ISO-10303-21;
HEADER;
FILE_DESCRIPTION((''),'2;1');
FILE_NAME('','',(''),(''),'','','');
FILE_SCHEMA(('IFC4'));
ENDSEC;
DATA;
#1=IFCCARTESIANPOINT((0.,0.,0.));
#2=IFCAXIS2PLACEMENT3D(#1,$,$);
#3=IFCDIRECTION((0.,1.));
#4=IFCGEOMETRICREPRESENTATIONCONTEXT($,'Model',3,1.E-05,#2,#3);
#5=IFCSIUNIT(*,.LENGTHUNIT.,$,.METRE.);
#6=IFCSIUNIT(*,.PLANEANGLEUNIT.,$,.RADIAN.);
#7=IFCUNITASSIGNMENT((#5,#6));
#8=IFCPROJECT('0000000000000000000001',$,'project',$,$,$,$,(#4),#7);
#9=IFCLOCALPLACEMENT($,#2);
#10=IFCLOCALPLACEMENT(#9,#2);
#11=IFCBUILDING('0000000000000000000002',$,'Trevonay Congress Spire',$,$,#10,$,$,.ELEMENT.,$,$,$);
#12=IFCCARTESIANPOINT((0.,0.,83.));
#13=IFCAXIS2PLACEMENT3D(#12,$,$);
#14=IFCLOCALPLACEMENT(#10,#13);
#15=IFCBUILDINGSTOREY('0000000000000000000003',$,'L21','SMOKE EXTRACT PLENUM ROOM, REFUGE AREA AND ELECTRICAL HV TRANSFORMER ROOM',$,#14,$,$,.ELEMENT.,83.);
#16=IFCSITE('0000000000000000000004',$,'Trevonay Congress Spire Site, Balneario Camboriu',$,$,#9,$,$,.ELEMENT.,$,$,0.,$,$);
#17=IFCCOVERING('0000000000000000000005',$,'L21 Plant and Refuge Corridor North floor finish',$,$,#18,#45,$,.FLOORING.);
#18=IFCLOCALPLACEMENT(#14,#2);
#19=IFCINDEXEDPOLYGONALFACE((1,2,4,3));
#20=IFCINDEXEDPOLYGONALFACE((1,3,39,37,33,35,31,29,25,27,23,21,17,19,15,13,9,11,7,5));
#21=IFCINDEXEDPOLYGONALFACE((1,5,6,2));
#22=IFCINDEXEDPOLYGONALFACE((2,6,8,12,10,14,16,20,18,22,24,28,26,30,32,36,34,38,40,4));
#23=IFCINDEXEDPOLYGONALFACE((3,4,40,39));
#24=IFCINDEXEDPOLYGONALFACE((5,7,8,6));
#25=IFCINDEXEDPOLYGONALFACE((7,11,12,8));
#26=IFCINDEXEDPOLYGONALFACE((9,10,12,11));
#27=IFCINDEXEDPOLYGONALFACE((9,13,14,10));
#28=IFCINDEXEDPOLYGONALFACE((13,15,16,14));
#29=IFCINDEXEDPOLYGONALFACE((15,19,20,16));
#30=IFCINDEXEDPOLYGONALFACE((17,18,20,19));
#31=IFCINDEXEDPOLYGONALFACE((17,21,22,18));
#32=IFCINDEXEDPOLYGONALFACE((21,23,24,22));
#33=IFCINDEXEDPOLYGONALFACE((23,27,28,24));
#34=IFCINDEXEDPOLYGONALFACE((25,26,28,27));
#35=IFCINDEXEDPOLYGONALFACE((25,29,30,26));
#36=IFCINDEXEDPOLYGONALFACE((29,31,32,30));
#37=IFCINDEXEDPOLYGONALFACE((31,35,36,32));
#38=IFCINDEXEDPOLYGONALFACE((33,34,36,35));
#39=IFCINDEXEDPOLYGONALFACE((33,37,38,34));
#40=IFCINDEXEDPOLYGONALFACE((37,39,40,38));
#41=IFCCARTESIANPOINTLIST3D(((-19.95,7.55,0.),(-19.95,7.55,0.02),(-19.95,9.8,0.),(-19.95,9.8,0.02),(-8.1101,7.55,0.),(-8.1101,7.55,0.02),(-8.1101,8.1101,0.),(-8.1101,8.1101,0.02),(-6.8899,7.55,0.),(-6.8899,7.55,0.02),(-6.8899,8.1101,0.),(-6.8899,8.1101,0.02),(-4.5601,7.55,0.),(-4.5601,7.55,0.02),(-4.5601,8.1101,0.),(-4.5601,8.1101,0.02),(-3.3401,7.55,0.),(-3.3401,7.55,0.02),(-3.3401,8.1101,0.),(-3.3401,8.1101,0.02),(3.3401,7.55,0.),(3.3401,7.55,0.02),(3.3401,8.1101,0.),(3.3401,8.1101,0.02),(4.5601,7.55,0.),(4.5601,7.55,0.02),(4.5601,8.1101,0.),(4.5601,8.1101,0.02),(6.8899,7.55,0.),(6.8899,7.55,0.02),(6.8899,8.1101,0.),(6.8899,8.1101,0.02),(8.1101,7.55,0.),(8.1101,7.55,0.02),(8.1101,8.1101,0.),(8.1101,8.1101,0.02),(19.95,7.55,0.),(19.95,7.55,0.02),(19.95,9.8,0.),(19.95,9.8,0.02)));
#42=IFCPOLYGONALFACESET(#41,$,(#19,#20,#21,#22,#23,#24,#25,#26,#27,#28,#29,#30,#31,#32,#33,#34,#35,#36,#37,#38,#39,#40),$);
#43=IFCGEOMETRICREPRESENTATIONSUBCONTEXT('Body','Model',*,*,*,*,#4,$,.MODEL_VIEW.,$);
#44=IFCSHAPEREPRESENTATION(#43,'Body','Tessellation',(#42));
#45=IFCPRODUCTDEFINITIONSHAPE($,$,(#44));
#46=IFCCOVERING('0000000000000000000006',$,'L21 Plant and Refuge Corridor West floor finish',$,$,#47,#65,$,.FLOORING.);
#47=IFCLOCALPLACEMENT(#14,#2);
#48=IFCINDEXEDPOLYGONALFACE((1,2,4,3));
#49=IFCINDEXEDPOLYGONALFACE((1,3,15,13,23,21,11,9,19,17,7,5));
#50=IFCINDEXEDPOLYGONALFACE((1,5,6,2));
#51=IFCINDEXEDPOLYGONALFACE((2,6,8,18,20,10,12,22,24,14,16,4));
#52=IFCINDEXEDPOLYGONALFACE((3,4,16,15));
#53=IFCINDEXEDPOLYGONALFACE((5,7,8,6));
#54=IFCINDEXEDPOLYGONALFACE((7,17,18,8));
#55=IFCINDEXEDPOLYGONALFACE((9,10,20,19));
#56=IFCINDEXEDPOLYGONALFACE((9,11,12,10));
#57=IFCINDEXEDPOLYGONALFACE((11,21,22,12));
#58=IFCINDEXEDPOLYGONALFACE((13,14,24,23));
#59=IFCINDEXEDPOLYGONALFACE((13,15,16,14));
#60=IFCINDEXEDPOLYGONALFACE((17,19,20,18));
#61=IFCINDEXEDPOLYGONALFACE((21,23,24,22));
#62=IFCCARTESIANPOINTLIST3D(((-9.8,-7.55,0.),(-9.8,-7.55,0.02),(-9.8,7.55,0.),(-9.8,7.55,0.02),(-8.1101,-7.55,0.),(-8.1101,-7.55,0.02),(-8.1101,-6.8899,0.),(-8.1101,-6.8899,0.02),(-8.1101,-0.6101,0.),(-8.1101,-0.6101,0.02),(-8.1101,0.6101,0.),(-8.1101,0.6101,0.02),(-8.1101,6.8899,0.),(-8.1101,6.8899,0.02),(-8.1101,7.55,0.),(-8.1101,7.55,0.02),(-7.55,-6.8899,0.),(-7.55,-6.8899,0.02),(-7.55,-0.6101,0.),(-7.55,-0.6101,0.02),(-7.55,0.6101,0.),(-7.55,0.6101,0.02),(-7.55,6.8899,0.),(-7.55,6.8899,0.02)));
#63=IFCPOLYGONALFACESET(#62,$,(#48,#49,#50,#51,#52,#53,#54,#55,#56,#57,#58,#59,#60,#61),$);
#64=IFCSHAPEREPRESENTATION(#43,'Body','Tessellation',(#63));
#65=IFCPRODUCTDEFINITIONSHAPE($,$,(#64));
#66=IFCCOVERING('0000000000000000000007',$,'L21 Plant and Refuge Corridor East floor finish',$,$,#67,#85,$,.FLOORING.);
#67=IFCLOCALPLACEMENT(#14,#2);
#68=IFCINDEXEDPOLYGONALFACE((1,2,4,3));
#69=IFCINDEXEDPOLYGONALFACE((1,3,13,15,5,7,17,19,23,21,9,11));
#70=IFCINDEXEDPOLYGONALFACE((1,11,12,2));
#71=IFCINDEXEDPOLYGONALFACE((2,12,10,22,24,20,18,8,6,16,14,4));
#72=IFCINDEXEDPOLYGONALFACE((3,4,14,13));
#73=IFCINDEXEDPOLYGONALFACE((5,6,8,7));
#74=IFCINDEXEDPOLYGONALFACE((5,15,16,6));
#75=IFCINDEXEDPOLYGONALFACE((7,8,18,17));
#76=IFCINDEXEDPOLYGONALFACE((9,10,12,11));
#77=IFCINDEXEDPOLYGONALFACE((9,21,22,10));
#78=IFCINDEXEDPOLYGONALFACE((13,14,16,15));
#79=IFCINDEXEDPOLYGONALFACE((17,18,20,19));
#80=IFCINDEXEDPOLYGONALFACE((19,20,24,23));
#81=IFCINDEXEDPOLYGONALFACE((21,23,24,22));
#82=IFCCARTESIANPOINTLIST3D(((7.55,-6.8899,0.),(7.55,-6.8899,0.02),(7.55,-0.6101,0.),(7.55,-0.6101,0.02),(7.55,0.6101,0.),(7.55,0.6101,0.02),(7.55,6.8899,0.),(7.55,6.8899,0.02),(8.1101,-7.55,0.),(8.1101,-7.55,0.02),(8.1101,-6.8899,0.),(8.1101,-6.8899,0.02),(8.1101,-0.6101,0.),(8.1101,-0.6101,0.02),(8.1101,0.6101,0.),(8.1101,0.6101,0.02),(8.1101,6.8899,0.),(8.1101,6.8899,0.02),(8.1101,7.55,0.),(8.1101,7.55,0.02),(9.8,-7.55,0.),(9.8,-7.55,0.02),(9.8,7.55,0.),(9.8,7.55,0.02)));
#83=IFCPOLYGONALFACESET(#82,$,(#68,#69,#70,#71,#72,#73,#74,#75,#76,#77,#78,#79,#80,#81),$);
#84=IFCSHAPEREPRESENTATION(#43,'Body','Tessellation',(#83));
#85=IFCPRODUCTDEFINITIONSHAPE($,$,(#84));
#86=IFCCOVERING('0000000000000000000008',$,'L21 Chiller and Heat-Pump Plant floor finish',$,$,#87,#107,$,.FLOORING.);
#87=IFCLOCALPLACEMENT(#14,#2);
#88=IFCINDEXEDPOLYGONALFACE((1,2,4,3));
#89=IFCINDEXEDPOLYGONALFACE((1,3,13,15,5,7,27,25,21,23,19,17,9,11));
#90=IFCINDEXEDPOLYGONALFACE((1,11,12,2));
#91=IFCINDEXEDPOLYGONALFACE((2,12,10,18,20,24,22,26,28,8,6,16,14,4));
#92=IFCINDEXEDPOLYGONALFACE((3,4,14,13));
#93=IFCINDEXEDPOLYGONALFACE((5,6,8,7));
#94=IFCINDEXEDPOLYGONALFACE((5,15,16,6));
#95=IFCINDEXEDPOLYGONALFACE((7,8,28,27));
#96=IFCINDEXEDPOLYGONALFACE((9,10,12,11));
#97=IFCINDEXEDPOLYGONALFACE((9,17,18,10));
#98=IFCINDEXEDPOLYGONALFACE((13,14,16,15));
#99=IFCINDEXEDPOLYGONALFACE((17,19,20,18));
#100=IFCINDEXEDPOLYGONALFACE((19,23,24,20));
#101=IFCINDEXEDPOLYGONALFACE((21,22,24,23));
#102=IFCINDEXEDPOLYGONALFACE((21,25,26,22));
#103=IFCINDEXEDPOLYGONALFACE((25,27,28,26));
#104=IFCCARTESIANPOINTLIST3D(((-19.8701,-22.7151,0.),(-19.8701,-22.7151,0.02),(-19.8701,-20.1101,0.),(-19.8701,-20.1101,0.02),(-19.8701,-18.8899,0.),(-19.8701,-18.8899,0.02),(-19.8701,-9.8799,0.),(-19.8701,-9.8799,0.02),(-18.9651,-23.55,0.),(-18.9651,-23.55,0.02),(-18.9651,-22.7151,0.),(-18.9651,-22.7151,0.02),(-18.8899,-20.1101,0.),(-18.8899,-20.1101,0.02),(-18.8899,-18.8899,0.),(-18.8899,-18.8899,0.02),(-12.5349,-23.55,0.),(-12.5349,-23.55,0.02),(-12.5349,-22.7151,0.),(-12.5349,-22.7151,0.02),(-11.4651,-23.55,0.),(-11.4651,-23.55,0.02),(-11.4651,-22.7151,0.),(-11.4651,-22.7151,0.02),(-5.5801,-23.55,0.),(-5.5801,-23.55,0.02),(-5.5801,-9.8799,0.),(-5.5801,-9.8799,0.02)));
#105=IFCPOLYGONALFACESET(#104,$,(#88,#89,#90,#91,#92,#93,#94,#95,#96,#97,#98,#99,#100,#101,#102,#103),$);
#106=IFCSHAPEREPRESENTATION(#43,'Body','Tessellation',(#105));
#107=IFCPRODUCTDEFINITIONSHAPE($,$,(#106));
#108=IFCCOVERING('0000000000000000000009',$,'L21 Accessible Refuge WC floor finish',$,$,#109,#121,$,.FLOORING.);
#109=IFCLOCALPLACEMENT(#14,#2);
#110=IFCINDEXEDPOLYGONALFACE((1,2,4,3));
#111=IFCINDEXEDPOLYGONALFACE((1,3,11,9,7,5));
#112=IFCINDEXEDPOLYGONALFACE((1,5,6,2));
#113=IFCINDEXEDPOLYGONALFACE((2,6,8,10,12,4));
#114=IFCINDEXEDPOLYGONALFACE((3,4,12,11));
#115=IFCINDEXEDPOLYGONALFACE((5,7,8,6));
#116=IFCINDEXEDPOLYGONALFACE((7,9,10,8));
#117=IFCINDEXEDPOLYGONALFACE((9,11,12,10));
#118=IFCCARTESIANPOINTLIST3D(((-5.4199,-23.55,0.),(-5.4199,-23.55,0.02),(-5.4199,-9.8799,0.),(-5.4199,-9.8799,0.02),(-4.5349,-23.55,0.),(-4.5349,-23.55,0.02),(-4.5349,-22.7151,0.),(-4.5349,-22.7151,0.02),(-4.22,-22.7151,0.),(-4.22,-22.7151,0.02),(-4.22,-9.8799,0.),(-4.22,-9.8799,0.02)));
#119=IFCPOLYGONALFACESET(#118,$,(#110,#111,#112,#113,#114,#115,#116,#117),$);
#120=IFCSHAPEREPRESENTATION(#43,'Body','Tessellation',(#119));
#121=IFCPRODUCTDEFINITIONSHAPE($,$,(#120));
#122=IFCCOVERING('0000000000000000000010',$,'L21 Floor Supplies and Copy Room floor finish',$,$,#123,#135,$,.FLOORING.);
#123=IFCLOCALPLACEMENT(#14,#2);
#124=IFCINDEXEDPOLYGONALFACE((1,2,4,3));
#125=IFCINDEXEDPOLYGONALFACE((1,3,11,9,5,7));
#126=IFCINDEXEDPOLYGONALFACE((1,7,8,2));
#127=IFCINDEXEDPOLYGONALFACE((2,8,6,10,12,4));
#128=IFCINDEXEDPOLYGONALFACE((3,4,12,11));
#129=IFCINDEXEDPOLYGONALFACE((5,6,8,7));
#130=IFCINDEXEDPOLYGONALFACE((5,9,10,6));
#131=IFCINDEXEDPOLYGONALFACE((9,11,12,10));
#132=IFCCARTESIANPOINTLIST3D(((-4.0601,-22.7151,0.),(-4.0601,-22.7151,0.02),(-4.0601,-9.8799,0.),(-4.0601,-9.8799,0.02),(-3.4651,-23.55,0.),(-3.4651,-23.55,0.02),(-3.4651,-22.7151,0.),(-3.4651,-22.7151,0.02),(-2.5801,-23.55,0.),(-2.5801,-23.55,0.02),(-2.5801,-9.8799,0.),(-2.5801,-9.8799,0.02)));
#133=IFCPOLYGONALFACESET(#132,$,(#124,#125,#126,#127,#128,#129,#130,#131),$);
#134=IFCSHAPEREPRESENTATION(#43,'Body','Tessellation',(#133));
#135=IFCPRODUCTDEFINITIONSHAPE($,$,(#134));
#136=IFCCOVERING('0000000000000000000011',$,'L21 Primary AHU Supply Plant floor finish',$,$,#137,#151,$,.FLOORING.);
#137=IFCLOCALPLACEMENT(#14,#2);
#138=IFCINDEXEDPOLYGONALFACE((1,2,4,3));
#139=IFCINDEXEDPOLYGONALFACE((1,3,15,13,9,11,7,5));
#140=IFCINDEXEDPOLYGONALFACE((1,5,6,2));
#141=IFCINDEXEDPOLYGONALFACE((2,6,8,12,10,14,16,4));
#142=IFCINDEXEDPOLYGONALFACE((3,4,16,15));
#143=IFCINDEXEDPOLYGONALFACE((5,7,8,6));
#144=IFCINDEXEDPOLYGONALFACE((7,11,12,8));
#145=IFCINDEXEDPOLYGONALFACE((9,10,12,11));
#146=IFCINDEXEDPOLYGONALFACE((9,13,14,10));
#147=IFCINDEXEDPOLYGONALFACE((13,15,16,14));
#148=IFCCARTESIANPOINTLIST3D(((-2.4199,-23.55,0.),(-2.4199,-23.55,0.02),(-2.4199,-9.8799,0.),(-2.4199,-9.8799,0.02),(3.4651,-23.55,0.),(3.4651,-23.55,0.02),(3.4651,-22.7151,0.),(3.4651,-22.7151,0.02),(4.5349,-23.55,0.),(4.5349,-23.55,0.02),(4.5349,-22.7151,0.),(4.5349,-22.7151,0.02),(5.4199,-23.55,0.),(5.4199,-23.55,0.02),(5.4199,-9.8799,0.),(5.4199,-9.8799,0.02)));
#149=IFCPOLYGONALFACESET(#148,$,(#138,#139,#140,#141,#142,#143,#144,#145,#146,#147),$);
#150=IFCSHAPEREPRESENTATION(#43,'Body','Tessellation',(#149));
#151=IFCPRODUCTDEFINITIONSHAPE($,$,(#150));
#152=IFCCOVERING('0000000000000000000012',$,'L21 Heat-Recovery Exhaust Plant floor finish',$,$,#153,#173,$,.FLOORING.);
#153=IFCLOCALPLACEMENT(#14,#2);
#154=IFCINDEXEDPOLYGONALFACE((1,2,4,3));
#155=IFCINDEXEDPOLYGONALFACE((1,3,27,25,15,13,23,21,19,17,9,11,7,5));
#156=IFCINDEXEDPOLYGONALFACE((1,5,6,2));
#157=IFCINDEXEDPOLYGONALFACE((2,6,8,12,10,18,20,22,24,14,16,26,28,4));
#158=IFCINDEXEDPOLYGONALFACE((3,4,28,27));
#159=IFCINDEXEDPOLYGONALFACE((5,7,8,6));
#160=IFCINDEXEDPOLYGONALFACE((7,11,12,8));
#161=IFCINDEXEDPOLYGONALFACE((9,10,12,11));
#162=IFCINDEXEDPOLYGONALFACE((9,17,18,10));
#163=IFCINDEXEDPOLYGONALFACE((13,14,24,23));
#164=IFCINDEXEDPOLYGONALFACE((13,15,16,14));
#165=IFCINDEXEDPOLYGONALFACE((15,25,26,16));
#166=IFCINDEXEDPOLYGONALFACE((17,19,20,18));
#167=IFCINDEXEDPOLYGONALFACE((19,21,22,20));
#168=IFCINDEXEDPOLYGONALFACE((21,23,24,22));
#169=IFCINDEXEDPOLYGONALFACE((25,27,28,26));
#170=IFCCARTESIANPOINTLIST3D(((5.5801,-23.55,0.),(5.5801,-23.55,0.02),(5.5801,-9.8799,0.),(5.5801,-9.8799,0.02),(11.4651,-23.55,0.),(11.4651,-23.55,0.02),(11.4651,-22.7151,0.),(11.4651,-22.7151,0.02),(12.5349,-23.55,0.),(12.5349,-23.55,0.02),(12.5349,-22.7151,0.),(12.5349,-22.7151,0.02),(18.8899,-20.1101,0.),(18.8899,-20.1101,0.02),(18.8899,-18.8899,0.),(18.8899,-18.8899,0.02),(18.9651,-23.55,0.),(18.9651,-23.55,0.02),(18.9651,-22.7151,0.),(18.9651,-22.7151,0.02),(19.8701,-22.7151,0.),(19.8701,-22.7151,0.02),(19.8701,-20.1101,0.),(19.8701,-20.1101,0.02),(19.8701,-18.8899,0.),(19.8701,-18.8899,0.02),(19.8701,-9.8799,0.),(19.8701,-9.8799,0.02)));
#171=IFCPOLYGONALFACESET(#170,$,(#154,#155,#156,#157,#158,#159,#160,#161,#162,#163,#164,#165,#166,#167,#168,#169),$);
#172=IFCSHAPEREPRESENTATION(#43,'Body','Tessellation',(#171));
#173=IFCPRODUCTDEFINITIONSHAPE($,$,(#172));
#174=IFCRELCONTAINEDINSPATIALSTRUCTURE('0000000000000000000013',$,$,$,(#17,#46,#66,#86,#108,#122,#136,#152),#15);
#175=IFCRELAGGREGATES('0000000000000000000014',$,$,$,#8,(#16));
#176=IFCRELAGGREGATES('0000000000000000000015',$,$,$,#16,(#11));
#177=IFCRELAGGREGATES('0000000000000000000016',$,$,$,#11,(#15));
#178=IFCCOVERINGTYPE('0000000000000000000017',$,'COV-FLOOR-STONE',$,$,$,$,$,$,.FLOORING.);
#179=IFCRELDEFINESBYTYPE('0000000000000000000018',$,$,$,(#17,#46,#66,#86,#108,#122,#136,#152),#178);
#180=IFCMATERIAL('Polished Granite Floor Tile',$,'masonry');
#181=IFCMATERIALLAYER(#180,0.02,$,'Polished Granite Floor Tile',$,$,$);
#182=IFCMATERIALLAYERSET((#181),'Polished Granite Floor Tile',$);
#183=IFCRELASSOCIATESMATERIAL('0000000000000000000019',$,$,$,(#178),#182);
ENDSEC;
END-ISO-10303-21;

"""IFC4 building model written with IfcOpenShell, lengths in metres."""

from ifc_helpers import new_model, si_unit, direction, frame, origin, place, context, subcontext, project, spatial, polyline, outline, extrude, material, layer, layer_set, type_object, element, save


model = new_model("IFC4")

# Units and contexts
model_context = context("Model", 3, precision=1e-05, world=origin(), true_north=direction((0.0, 1.0)))
body_context = subcontext(model_context, "Body", "Model", "MODEL_VIEW")
ifc_project = project(units=[si_unit("LENGTHUNIT", "METRE"), si_unit("PLANEANGLEUNIT", "RADIAN")], contexts=[model_context])

# Site, building, storey
site_placement = place(None, origin())
site = spatial("IfcSite", under=ifc_project, at=site_placement, Name="Trevonay Congress Spire Site, Balneario Camboriu", CompositionType="ELEMENT", RefElevation=0.0)
building_placement = place(site_placement, origin())
building = spatial("IfcBuilding", under=site, at=building_placement, Name="Trevonay Congress Spire", CompositionType="ELEMENT")
storey_placement = place(building_placement, frame((0.0, 0.0, 83.0)))
storey = spatial("IfcBuildingStorey", under=building, at=storey_placement, Name="L21", Description="SMOKE EXTRACT PLENUM ROOM, REFUGE AREA AND ELECTRICAL HV TRANSFORMER ROOM", CompositionType="ELEMENT", Elevation=83.0)

# Coverings
ifc_material_1 = material(Name="Polished Granite Floor Tile", Category="masonry")
ifc_layer_1 = layer(ifc_material_1, 0.02, Name="Polished Granite Floor Tile")
ifc_layer_set_1 = layer_set([ifc_layer_1], Name="Polished Granite Floor Tile")
covering_type_1 = type_object("IfcCoveringType", Name="COV-FLOOR-STONE", PredefinedType="FLOORING", material=ifc_layer_set_1)
covering_1_placement = place(storey_placement, origin())
element("IfcCovering", 1, at=covering_1_placement, inside=storey, type_object=covering_type_1, Name="L21 Plant and Refuge Corridor North floor finish", PredefinedType="FLOORING", context=body_context, shape_type="SweptSolid", body=[
    extrude(outline(polyline([(-19.95, 7.55), (-19.95, 9.8), (19.95, 9.8), (19.95, 7.55), (8.1101, 7.55), (8.1101, 8.1101), (6.8899, 8.1101), (6.8899, 7.55), (4.5601, 7.55), (4.5601, 8.1101), (3.3401, 8.1101), (3.3401, 7.55), (-3.3401, 7.55), (-3.3401, 8.1101), (-4.5601, 8.1101), (-4.5601, 7.55), (-6.8899, 7.55), (-6.8899, 8.1101), (-8.1101, 8.1101), (-8.1101, 7.55), (-19.95, 7.55)])), origin(), (0.0, 0.0, 1.0), 0.02),
])
covering_2_placement = place(storey_placement, origin())
element("IfcCovering", 2, at=covering_2_placement, inside=storey, type_object=covering_type_1, Name="L21 Plant and Refuge Corridor West floor finish", PredefinedType="FLOORING", context=body_context, shape_type="SweptSolid", body=[
    extrude(outline(polyline([(-9.8, 7.55), (-8.1101, 7.55), (-8.1101, 6.8899), (-7.55, 6.8899), (-7.55, 0.6101), (-8.1101, 0.6101), (-8.1101, -0.6101), (-7.55, -0.6101), (-7.55, -6.8899), (-8.1101, -6.8899), (-8.1101, -7.55), (-9.8, -7.55), (-9.8, 7.55)])), origin(), (0.0, 0.0, 1.0), 0.02),
])
covering_3_placement = place(storey_placement, origin())
element("IfcCovering", 3, at=covering_3_placement, inside=storey, type_object=covering_type_1, Name="L21 Plant and Refuge Corridor East floor finish", PredefinedType="FLOORING", context=body_context, shape_type="SweptSolid", body=[
    extrude(outline(polyline([(9.8, -7.55), (8.1101, -7.55), (8.1101, -6.8899), (7.55, -6.8899), (7.55, -0.6101), (8.1101, -0.6101), (8.1101, 0.6101), (7.55, 0.6101), (7.55, 6.8899), (8.1101, 6.8899), (8.1101, 7.55), (9.8, 7.55), (9.8, -7.55)])), origin(), (0.0, 0.0, 1.0), 0.02),
])
covering_4_placement = place(storey_placement, origin())
element("IfcCovering", 4, at=covering_4_placement, inside=storey, type_object=covering_type_1, Name="L21 Chiller and Heat-Pump Plant floor finish", PredefinedType="FLOORING", context=body_context, shape_type="SweptSolid", body=[
    extrude(outline(polyline([(-18.9651, -23.55), (-18.9651, -22.7151), (-19.8701, -22.7151), (-19.8701, -20.1101), (-18.8899, -20.1101), (-18.8899, -18.8899), (-19.8701, -18.8899), (-19.8701, -9.8799), (-5.5801, -9.8799), (-5.5801, -23.55), (-11.4651, -23.55), (-11.4651, -22.7151), (-12.5349, -22.7151), (-12.5349, -23.55), (-18.9651, -23.55)])), origin(), (0.0, 0.0, 1.0), 0.02),
])
covering_5_placement = place(storey_placement, origin())
element("IfcCovering", 5, at=covering_5_placement, inside=storey, type_object=covering_type_1, Name="L21 Accessible Refuge WC floor finish", PredefinedType="FLOORING", context=body_context, shape_type="SweptSolid", body=[
    extrude(outline(polyline([(-5.4199, -23.55), (-5.4199, -9.8799), (-4.22, -9.8799), (-4.22, -22.7151), (-4.5349, -22.7151), (-4.5349, -23.55), (-5.4199, -23.55)])), origin(), (0.0, 0.0, 1.0), 0.02),
])
covering_6_placement = place(storey_placement, origin())
element("IfcCovering", 6, at=covering_6_placement, inside=storey, type_object=covering_type_1, Name="L21 Floor Supplies and Copy Room floor finish", PredefinedType="FLOORING", context=body_context, shape_type="SweptSolid", body=[
    extrude(outline(polyline([(-4.0601, -9.8799), (-2.5801, -9.8799), (-2.5801, -23.55), (-3.4651, -23.55), (-3.4651, -22.7151), (-4.0601, -22.7151), (-4.0601, -9.8799)])), origin(), (0.0, 0.0, 1.0), 0.02),
])
covering_7_placement = place(storey_placement, origin())
element("IfcCovering", 7, at=covering_7_placement, inside=storey, type_object=covering_type_1, Name="L21 Primary AHU Supply Plant floor finish", PredefinedType="FLOORING", context=body_context, shape_type="SweptSolid", body=[
    extrude(outline(polyline([(-2.4199, -23.55), (-2.4199, -9.8799), (5.4199, -9.8799), (5.4199, -23.55), (4.5349, -23.55), (4.5349, -22.7151), (3.4651, -22.7151), (3.4651, -23.55), (-2.4199, -23.55)])), origin(), (0.0, 0.0, 1.0), 0.02),
])
covering_8_placement = place(storey_placement, origin())
element("IfcCovering", 8, at=covering_8_placement, inside=storey, type_object=covering_type_1, Name="L21 Heat-Recovery Exhaust Plant floor finish", PredefinedType="FLOORING", context=body_context, shape_type="SweptSolid", body=[
    extrude(outline(polyline([(5.5801, -23.55), (5.5801, -9.8799), (19.8701, -9.8799), (19.8701, -18.8899), (18.8899, -18.8899), (18.8899, -20.1101), (19.8701, -20.1101), (19.8701, -22.7151), (18.9651, -22.7151), (18.9651, -23.55), (12.5349, -23.55), (12.5349, -22.7151), (11.4651, -22.7151), (11.4651, -23.55), (5.5801, -23.55)])), origin(), (0.0, 0.0, 1.0), 0.02),
])

save(model, "model.ifc")
